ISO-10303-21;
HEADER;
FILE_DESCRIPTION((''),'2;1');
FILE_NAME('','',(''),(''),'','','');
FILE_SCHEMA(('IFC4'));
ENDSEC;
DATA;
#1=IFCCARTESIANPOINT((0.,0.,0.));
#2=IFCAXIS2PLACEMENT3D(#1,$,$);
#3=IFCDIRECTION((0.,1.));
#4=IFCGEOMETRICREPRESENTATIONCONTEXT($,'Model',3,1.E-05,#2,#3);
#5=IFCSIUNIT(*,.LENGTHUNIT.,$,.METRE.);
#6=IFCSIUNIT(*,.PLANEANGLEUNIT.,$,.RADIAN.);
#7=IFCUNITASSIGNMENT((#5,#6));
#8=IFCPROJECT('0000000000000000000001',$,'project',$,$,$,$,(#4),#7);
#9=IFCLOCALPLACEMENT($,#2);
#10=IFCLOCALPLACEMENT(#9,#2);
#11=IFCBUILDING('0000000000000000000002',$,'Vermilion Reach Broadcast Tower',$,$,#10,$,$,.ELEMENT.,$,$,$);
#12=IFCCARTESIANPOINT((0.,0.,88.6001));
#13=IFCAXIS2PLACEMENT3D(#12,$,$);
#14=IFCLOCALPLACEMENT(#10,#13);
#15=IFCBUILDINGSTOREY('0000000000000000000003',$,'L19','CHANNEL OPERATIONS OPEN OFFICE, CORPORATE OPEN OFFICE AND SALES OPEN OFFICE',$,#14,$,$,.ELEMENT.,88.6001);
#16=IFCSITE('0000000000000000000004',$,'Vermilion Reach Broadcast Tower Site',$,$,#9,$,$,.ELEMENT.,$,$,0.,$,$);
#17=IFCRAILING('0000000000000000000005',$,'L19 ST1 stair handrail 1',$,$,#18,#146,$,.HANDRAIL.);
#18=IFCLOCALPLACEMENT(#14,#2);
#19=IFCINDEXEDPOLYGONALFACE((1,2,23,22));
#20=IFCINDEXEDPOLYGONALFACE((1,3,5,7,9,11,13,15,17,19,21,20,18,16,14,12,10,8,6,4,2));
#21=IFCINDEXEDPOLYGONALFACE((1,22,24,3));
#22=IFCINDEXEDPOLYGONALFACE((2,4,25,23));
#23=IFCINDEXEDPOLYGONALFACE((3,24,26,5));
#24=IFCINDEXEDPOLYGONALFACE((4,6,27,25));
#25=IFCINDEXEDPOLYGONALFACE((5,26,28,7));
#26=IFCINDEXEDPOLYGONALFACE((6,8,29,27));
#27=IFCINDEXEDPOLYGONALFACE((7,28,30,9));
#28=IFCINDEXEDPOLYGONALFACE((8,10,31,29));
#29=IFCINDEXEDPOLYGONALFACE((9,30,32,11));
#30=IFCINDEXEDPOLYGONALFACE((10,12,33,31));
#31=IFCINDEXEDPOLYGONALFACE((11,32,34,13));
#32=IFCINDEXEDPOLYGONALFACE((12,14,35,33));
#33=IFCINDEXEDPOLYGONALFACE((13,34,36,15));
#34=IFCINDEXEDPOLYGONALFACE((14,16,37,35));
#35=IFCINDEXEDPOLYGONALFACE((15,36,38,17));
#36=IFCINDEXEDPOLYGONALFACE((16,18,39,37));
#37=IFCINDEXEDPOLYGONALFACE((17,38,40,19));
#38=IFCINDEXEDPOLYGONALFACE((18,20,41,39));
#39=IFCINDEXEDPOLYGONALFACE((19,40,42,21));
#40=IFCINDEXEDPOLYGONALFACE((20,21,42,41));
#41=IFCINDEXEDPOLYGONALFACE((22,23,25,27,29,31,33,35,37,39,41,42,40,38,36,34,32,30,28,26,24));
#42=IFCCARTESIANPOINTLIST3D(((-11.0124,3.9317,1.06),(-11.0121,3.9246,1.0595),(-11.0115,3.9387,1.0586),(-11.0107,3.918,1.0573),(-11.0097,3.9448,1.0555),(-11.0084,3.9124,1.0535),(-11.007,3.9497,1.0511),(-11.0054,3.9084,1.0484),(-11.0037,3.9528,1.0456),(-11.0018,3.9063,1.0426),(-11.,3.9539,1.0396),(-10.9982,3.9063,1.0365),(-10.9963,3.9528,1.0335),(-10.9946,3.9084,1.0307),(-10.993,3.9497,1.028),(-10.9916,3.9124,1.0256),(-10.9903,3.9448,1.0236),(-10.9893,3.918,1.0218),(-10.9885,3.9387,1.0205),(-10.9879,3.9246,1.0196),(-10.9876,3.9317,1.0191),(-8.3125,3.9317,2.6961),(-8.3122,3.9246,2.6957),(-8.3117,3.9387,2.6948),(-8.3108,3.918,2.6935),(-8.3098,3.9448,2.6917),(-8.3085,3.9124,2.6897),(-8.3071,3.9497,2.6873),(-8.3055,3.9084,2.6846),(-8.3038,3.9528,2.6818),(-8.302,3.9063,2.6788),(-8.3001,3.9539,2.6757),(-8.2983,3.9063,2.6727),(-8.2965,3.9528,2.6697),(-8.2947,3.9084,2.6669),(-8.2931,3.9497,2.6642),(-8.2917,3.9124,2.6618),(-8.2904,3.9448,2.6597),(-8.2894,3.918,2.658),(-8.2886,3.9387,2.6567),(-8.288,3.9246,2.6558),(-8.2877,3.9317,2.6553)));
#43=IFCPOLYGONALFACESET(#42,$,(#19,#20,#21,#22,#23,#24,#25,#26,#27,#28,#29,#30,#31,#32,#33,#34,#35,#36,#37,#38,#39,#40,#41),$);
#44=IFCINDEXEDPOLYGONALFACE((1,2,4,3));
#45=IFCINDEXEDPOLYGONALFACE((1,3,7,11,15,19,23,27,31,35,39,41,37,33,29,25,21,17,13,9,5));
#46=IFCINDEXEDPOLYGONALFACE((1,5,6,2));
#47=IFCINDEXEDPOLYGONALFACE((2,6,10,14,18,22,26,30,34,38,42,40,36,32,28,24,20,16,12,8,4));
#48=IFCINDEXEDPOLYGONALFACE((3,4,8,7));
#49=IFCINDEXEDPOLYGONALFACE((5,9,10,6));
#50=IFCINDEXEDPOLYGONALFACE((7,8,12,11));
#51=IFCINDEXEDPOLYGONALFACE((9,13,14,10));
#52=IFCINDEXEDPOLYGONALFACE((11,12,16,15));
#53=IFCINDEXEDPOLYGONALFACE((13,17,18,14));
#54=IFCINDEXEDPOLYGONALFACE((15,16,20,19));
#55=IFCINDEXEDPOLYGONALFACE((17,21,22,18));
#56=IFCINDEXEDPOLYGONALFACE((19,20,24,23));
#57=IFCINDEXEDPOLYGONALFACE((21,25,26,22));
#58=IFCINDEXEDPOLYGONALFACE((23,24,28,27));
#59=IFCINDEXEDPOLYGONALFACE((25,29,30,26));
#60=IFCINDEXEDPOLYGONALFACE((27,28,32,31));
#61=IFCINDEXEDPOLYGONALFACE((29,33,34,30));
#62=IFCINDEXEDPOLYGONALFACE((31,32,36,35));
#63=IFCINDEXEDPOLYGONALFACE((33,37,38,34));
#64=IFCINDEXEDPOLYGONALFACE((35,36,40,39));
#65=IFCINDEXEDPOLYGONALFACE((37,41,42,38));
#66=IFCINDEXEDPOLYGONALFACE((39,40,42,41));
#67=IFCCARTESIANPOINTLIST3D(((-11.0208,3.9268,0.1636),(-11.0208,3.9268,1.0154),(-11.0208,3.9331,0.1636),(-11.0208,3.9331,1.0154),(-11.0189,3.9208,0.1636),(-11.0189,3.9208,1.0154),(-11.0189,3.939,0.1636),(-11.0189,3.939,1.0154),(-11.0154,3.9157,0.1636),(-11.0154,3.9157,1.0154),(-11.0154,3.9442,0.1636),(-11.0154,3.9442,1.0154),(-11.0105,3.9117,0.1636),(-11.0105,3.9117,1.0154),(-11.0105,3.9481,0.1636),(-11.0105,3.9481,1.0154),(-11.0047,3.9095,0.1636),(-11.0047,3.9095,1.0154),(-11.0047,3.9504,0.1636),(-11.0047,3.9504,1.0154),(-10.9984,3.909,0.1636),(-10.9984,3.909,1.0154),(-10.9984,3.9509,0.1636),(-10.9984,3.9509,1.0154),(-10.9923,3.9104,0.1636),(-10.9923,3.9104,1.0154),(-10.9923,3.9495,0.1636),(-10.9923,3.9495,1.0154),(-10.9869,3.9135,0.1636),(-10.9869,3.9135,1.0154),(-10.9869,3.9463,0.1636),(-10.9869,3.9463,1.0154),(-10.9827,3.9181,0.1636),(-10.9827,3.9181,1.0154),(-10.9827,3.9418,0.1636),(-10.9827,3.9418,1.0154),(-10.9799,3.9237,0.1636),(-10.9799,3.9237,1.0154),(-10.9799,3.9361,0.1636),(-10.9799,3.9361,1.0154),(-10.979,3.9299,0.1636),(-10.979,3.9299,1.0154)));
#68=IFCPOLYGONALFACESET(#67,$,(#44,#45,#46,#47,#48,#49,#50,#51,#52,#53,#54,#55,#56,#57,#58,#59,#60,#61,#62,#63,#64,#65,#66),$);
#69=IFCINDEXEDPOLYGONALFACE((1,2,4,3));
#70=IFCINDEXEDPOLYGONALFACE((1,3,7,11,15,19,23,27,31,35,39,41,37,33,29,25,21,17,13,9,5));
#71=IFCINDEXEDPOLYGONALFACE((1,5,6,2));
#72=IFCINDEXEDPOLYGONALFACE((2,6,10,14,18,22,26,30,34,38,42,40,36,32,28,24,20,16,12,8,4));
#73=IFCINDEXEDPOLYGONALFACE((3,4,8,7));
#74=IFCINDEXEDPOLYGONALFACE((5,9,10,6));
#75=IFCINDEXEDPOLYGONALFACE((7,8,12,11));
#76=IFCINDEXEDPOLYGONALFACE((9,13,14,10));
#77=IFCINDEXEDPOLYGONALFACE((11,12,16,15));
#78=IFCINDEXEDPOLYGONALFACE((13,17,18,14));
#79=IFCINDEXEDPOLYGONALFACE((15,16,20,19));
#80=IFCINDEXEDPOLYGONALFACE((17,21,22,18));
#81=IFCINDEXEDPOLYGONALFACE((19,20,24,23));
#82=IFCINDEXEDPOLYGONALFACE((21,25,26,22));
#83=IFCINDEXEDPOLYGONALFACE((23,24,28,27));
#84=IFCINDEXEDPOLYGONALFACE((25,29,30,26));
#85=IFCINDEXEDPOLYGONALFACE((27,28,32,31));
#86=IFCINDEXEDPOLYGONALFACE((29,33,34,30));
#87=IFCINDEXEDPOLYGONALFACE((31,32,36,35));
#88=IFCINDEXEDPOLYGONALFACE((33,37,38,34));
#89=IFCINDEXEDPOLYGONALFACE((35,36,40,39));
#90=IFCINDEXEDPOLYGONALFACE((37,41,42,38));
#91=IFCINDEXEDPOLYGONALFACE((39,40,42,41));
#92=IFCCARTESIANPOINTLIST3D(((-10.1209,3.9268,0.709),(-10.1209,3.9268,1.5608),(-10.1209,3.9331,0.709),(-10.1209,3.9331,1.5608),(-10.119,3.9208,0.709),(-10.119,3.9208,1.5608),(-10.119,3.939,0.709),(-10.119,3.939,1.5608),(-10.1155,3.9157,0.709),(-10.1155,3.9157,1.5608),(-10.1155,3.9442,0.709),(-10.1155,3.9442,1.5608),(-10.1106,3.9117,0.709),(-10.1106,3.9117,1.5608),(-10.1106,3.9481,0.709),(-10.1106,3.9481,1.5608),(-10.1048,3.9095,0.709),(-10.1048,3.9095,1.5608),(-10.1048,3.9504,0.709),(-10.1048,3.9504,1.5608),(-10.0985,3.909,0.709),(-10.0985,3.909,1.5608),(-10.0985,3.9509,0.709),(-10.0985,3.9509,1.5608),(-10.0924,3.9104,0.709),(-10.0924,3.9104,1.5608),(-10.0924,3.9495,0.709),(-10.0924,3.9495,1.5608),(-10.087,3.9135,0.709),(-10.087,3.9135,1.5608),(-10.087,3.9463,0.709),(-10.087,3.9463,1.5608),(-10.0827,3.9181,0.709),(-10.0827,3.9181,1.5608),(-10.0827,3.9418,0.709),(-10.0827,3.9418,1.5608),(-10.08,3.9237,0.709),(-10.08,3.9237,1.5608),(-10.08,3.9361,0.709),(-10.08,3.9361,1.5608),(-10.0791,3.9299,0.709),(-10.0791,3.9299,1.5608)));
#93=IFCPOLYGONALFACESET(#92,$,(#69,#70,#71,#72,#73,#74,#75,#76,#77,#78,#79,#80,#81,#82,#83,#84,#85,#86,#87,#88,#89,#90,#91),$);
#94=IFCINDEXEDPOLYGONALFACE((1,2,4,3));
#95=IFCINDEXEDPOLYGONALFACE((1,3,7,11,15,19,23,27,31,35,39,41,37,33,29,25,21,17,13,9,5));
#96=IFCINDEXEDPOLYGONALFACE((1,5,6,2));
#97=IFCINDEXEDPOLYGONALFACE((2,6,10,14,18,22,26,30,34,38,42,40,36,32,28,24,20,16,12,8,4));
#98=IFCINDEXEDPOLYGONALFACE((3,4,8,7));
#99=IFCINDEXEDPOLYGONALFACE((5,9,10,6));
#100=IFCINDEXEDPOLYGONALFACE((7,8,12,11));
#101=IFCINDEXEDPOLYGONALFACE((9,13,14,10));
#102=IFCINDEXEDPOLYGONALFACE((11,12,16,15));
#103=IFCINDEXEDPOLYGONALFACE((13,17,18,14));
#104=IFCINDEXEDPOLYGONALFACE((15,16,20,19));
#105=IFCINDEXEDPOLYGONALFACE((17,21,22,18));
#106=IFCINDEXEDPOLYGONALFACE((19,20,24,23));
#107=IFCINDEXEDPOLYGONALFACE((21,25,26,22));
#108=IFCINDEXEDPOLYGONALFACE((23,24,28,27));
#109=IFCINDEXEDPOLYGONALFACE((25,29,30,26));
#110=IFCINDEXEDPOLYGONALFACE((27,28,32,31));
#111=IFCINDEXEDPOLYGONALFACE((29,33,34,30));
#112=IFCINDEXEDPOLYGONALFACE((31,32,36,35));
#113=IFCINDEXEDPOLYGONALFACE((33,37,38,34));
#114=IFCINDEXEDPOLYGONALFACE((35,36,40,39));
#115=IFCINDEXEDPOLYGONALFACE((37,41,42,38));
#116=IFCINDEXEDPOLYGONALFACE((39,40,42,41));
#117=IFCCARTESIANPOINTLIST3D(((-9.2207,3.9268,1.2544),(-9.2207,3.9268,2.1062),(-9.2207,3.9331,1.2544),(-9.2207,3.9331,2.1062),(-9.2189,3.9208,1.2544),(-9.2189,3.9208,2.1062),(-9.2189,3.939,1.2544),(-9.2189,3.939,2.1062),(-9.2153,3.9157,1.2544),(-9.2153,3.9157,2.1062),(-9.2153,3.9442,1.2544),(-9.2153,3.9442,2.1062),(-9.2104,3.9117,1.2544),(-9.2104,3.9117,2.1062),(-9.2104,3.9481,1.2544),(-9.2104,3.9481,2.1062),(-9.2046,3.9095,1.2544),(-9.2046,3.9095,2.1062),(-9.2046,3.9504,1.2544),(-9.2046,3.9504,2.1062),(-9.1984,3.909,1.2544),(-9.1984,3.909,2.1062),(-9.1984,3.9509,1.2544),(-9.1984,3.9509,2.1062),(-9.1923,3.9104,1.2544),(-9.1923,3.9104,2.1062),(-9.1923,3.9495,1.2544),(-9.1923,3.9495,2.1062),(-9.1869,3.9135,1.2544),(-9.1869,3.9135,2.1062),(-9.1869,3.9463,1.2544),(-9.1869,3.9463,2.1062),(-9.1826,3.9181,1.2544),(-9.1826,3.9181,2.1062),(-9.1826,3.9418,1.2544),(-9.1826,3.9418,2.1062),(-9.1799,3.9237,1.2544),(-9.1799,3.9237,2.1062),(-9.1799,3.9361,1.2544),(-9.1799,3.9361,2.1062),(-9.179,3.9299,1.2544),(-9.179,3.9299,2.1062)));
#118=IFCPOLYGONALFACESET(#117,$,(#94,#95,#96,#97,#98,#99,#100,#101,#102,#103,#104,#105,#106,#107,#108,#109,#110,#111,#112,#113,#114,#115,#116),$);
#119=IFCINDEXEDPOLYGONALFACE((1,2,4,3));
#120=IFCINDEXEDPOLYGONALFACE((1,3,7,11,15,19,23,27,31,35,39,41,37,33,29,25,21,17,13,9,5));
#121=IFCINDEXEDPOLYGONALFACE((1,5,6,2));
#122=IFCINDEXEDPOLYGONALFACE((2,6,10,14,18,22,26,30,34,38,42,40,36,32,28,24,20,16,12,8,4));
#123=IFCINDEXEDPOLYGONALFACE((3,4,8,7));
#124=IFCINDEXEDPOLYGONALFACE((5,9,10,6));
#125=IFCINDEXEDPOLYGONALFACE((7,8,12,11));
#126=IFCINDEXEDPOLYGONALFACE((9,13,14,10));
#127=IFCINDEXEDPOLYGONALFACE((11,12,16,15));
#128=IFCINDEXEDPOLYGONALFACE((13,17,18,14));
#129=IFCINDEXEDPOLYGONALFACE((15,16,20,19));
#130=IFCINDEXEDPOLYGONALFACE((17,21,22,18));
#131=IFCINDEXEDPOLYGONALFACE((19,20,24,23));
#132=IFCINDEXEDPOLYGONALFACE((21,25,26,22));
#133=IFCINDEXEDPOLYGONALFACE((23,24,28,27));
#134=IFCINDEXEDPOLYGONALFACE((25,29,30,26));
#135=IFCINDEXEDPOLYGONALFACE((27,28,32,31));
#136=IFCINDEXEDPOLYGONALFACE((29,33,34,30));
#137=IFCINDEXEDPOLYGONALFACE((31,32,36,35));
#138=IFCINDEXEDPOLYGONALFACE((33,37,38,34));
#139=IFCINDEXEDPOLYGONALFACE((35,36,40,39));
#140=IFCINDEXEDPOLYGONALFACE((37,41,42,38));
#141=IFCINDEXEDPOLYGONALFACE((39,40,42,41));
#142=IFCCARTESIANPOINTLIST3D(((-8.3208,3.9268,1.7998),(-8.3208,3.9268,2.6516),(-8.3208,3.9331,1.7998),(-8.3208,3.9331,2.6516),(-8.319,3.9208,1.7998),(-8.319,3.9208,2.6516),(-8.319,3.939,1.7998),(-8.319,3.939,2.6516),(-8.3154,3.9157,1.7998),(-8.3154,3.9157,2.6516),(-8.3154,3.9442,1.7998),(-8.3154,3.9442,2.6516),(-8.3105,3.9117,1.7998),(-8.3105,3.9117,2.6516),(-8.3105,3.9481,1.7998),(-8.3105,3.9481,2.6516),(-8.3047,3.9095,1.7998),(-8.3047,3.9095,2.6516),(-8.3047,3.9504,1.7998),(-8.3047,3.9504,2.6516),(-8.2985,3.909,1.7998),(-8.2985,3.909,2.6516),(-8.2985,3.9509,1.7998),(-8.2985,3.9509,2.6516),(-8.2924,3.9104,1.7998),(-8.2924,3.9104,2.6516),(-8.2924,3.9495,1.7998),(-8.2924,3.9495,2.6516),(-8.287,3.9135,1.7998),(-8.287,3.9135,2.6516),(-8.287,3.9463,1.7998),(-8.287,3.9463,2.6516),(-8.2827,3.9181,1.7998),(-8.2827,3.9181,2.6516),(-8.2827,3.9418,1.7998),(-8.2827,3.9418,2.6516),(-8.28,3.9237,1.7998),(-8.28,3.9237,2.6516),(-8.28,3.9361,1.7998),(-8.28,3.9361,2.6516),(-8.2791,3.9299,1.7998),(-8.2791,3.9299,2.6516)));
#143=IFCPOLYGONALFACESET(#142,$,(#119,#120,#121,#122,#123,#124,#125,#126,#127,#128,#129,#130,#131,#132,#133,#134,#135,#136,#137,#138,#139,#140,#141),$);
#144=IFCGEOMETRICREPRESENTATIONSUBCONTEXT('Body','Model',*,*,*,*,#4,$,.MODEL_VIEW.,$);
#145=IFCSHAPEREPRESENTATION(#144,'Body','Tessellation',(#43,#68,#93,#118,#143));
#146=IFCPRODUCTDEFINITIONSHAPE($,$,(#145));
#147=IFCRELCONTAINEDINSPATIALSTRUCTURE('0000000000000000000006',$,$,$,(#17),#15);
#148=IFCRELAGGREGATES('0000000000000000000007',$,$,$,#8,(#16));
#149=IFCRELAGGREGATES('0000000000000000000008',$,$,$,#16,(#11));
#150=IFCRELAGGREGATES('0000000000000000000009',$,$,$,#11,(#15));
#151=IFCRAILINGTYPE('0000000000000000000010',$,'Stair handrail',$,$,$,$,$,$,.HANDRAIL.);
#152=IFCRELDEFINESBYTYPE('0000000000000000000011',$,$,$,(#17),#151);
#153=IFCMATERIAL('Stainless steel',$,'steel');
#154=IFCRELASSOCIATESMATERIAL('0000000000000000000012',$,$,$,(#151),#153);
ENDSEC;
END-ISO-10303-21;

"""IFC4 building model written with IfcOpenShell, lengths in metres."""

from ifc_helpers import new_model, si_unit, direction, frame, origin, origin_2d, place, context, subcontext, project, spatial, circle, extrude, material, type_object, element, save


model = new_model("IFC4")

# Units and contexts
model_context = context("Model", 3, precision=1e-05, world=origin(), true_north=direction((0.0, 1.0)))
body_context = subcontext(model_context, "Body", "Model", "MODEL_VIEW")
ifc_project = project(units=[si_unit("LENGTHUNIT", "METRE"), si_unit("PLANEANGLEUNIT", "RADIAN")], contexts=[model_context])

# Site, building, storey
site_placement = place(None, origin())
site = spatial("IfcSite", under=ifc_project, at=site_placement, Name="Vermilion Reach Broadcast Tower Site", CompositionType="ELEMENT", RefElevation=0.0)
building_placement = place(site_placement, origin())
building = spatial("IfcBuilding", under=site, at=building_placement, Name="Vermilion Reach Broadcast Tower", CompositionType="ELEMENT")
storey_placement = place(building_placement, frame((0.0, 0.0, 88.6001)))
storey = spatial("IfcBuildingStorey", under=building, at=storey_placement, Name="L19", Description="CHANNEL OPERATIONS OPEN OFFICE, CORPORATE OPEN OFFICE AND SALES OPEN OFFICE", CompositionType="ELEMENT", Elevation=88.6001)

# Railing
ifc_material_1 = material(Name="Stainless steel", Category="steel")
railing_type_1 = type_object("IfcRailingType", Name="Stair handrail", PredefinedType="HANDRAIL", material=ifc_material_1)
railing_1_placement = place(storey_placement, frame((-11.0, 3.9299, 0.1636)))
element("IfcRailing", 1, at=railing_1_placement, inside=storey, type_object=railing_type_1, Name="L19 ST1 stair handrail 1", PredefinedType="HANDRAIL", context=body_context, shape_type="SweptSolid", body=[
    extrude(circle(Radius=0.0239, at=origin_2d()), frame((0.0, 0.0, 0.876), z_axis=(0.855212, 0.0, 0.518278), x_axis=(0.0, 1.0, 0.0)), (0.0, 0.0, 1.0), 3.157),
    extrude(circle(Radius=0.021, at=origin_2d()), origin(), (0.0, 0.0, 1.0), 0.8518),
    extrude(circle(Radius=0.021, at=origin_2d()), frame((0.8999, 0.0, 0.5454)), (0.0, 0.0, 1.0), 0.8518),
    extrude(circle(Radius=0.021, at=origin_2d()), frame((1.8, 0.0, 1.0908)), (0.0, 0.0, 1.0), 0.8518),
    extrude(circle(Radius=0.021, at=origin_2d()), frame((2.7, 0.0, 1.6362)), (0.0, 0.0, 1.0), 0.8518),
])

save(model, "model.ifc")
